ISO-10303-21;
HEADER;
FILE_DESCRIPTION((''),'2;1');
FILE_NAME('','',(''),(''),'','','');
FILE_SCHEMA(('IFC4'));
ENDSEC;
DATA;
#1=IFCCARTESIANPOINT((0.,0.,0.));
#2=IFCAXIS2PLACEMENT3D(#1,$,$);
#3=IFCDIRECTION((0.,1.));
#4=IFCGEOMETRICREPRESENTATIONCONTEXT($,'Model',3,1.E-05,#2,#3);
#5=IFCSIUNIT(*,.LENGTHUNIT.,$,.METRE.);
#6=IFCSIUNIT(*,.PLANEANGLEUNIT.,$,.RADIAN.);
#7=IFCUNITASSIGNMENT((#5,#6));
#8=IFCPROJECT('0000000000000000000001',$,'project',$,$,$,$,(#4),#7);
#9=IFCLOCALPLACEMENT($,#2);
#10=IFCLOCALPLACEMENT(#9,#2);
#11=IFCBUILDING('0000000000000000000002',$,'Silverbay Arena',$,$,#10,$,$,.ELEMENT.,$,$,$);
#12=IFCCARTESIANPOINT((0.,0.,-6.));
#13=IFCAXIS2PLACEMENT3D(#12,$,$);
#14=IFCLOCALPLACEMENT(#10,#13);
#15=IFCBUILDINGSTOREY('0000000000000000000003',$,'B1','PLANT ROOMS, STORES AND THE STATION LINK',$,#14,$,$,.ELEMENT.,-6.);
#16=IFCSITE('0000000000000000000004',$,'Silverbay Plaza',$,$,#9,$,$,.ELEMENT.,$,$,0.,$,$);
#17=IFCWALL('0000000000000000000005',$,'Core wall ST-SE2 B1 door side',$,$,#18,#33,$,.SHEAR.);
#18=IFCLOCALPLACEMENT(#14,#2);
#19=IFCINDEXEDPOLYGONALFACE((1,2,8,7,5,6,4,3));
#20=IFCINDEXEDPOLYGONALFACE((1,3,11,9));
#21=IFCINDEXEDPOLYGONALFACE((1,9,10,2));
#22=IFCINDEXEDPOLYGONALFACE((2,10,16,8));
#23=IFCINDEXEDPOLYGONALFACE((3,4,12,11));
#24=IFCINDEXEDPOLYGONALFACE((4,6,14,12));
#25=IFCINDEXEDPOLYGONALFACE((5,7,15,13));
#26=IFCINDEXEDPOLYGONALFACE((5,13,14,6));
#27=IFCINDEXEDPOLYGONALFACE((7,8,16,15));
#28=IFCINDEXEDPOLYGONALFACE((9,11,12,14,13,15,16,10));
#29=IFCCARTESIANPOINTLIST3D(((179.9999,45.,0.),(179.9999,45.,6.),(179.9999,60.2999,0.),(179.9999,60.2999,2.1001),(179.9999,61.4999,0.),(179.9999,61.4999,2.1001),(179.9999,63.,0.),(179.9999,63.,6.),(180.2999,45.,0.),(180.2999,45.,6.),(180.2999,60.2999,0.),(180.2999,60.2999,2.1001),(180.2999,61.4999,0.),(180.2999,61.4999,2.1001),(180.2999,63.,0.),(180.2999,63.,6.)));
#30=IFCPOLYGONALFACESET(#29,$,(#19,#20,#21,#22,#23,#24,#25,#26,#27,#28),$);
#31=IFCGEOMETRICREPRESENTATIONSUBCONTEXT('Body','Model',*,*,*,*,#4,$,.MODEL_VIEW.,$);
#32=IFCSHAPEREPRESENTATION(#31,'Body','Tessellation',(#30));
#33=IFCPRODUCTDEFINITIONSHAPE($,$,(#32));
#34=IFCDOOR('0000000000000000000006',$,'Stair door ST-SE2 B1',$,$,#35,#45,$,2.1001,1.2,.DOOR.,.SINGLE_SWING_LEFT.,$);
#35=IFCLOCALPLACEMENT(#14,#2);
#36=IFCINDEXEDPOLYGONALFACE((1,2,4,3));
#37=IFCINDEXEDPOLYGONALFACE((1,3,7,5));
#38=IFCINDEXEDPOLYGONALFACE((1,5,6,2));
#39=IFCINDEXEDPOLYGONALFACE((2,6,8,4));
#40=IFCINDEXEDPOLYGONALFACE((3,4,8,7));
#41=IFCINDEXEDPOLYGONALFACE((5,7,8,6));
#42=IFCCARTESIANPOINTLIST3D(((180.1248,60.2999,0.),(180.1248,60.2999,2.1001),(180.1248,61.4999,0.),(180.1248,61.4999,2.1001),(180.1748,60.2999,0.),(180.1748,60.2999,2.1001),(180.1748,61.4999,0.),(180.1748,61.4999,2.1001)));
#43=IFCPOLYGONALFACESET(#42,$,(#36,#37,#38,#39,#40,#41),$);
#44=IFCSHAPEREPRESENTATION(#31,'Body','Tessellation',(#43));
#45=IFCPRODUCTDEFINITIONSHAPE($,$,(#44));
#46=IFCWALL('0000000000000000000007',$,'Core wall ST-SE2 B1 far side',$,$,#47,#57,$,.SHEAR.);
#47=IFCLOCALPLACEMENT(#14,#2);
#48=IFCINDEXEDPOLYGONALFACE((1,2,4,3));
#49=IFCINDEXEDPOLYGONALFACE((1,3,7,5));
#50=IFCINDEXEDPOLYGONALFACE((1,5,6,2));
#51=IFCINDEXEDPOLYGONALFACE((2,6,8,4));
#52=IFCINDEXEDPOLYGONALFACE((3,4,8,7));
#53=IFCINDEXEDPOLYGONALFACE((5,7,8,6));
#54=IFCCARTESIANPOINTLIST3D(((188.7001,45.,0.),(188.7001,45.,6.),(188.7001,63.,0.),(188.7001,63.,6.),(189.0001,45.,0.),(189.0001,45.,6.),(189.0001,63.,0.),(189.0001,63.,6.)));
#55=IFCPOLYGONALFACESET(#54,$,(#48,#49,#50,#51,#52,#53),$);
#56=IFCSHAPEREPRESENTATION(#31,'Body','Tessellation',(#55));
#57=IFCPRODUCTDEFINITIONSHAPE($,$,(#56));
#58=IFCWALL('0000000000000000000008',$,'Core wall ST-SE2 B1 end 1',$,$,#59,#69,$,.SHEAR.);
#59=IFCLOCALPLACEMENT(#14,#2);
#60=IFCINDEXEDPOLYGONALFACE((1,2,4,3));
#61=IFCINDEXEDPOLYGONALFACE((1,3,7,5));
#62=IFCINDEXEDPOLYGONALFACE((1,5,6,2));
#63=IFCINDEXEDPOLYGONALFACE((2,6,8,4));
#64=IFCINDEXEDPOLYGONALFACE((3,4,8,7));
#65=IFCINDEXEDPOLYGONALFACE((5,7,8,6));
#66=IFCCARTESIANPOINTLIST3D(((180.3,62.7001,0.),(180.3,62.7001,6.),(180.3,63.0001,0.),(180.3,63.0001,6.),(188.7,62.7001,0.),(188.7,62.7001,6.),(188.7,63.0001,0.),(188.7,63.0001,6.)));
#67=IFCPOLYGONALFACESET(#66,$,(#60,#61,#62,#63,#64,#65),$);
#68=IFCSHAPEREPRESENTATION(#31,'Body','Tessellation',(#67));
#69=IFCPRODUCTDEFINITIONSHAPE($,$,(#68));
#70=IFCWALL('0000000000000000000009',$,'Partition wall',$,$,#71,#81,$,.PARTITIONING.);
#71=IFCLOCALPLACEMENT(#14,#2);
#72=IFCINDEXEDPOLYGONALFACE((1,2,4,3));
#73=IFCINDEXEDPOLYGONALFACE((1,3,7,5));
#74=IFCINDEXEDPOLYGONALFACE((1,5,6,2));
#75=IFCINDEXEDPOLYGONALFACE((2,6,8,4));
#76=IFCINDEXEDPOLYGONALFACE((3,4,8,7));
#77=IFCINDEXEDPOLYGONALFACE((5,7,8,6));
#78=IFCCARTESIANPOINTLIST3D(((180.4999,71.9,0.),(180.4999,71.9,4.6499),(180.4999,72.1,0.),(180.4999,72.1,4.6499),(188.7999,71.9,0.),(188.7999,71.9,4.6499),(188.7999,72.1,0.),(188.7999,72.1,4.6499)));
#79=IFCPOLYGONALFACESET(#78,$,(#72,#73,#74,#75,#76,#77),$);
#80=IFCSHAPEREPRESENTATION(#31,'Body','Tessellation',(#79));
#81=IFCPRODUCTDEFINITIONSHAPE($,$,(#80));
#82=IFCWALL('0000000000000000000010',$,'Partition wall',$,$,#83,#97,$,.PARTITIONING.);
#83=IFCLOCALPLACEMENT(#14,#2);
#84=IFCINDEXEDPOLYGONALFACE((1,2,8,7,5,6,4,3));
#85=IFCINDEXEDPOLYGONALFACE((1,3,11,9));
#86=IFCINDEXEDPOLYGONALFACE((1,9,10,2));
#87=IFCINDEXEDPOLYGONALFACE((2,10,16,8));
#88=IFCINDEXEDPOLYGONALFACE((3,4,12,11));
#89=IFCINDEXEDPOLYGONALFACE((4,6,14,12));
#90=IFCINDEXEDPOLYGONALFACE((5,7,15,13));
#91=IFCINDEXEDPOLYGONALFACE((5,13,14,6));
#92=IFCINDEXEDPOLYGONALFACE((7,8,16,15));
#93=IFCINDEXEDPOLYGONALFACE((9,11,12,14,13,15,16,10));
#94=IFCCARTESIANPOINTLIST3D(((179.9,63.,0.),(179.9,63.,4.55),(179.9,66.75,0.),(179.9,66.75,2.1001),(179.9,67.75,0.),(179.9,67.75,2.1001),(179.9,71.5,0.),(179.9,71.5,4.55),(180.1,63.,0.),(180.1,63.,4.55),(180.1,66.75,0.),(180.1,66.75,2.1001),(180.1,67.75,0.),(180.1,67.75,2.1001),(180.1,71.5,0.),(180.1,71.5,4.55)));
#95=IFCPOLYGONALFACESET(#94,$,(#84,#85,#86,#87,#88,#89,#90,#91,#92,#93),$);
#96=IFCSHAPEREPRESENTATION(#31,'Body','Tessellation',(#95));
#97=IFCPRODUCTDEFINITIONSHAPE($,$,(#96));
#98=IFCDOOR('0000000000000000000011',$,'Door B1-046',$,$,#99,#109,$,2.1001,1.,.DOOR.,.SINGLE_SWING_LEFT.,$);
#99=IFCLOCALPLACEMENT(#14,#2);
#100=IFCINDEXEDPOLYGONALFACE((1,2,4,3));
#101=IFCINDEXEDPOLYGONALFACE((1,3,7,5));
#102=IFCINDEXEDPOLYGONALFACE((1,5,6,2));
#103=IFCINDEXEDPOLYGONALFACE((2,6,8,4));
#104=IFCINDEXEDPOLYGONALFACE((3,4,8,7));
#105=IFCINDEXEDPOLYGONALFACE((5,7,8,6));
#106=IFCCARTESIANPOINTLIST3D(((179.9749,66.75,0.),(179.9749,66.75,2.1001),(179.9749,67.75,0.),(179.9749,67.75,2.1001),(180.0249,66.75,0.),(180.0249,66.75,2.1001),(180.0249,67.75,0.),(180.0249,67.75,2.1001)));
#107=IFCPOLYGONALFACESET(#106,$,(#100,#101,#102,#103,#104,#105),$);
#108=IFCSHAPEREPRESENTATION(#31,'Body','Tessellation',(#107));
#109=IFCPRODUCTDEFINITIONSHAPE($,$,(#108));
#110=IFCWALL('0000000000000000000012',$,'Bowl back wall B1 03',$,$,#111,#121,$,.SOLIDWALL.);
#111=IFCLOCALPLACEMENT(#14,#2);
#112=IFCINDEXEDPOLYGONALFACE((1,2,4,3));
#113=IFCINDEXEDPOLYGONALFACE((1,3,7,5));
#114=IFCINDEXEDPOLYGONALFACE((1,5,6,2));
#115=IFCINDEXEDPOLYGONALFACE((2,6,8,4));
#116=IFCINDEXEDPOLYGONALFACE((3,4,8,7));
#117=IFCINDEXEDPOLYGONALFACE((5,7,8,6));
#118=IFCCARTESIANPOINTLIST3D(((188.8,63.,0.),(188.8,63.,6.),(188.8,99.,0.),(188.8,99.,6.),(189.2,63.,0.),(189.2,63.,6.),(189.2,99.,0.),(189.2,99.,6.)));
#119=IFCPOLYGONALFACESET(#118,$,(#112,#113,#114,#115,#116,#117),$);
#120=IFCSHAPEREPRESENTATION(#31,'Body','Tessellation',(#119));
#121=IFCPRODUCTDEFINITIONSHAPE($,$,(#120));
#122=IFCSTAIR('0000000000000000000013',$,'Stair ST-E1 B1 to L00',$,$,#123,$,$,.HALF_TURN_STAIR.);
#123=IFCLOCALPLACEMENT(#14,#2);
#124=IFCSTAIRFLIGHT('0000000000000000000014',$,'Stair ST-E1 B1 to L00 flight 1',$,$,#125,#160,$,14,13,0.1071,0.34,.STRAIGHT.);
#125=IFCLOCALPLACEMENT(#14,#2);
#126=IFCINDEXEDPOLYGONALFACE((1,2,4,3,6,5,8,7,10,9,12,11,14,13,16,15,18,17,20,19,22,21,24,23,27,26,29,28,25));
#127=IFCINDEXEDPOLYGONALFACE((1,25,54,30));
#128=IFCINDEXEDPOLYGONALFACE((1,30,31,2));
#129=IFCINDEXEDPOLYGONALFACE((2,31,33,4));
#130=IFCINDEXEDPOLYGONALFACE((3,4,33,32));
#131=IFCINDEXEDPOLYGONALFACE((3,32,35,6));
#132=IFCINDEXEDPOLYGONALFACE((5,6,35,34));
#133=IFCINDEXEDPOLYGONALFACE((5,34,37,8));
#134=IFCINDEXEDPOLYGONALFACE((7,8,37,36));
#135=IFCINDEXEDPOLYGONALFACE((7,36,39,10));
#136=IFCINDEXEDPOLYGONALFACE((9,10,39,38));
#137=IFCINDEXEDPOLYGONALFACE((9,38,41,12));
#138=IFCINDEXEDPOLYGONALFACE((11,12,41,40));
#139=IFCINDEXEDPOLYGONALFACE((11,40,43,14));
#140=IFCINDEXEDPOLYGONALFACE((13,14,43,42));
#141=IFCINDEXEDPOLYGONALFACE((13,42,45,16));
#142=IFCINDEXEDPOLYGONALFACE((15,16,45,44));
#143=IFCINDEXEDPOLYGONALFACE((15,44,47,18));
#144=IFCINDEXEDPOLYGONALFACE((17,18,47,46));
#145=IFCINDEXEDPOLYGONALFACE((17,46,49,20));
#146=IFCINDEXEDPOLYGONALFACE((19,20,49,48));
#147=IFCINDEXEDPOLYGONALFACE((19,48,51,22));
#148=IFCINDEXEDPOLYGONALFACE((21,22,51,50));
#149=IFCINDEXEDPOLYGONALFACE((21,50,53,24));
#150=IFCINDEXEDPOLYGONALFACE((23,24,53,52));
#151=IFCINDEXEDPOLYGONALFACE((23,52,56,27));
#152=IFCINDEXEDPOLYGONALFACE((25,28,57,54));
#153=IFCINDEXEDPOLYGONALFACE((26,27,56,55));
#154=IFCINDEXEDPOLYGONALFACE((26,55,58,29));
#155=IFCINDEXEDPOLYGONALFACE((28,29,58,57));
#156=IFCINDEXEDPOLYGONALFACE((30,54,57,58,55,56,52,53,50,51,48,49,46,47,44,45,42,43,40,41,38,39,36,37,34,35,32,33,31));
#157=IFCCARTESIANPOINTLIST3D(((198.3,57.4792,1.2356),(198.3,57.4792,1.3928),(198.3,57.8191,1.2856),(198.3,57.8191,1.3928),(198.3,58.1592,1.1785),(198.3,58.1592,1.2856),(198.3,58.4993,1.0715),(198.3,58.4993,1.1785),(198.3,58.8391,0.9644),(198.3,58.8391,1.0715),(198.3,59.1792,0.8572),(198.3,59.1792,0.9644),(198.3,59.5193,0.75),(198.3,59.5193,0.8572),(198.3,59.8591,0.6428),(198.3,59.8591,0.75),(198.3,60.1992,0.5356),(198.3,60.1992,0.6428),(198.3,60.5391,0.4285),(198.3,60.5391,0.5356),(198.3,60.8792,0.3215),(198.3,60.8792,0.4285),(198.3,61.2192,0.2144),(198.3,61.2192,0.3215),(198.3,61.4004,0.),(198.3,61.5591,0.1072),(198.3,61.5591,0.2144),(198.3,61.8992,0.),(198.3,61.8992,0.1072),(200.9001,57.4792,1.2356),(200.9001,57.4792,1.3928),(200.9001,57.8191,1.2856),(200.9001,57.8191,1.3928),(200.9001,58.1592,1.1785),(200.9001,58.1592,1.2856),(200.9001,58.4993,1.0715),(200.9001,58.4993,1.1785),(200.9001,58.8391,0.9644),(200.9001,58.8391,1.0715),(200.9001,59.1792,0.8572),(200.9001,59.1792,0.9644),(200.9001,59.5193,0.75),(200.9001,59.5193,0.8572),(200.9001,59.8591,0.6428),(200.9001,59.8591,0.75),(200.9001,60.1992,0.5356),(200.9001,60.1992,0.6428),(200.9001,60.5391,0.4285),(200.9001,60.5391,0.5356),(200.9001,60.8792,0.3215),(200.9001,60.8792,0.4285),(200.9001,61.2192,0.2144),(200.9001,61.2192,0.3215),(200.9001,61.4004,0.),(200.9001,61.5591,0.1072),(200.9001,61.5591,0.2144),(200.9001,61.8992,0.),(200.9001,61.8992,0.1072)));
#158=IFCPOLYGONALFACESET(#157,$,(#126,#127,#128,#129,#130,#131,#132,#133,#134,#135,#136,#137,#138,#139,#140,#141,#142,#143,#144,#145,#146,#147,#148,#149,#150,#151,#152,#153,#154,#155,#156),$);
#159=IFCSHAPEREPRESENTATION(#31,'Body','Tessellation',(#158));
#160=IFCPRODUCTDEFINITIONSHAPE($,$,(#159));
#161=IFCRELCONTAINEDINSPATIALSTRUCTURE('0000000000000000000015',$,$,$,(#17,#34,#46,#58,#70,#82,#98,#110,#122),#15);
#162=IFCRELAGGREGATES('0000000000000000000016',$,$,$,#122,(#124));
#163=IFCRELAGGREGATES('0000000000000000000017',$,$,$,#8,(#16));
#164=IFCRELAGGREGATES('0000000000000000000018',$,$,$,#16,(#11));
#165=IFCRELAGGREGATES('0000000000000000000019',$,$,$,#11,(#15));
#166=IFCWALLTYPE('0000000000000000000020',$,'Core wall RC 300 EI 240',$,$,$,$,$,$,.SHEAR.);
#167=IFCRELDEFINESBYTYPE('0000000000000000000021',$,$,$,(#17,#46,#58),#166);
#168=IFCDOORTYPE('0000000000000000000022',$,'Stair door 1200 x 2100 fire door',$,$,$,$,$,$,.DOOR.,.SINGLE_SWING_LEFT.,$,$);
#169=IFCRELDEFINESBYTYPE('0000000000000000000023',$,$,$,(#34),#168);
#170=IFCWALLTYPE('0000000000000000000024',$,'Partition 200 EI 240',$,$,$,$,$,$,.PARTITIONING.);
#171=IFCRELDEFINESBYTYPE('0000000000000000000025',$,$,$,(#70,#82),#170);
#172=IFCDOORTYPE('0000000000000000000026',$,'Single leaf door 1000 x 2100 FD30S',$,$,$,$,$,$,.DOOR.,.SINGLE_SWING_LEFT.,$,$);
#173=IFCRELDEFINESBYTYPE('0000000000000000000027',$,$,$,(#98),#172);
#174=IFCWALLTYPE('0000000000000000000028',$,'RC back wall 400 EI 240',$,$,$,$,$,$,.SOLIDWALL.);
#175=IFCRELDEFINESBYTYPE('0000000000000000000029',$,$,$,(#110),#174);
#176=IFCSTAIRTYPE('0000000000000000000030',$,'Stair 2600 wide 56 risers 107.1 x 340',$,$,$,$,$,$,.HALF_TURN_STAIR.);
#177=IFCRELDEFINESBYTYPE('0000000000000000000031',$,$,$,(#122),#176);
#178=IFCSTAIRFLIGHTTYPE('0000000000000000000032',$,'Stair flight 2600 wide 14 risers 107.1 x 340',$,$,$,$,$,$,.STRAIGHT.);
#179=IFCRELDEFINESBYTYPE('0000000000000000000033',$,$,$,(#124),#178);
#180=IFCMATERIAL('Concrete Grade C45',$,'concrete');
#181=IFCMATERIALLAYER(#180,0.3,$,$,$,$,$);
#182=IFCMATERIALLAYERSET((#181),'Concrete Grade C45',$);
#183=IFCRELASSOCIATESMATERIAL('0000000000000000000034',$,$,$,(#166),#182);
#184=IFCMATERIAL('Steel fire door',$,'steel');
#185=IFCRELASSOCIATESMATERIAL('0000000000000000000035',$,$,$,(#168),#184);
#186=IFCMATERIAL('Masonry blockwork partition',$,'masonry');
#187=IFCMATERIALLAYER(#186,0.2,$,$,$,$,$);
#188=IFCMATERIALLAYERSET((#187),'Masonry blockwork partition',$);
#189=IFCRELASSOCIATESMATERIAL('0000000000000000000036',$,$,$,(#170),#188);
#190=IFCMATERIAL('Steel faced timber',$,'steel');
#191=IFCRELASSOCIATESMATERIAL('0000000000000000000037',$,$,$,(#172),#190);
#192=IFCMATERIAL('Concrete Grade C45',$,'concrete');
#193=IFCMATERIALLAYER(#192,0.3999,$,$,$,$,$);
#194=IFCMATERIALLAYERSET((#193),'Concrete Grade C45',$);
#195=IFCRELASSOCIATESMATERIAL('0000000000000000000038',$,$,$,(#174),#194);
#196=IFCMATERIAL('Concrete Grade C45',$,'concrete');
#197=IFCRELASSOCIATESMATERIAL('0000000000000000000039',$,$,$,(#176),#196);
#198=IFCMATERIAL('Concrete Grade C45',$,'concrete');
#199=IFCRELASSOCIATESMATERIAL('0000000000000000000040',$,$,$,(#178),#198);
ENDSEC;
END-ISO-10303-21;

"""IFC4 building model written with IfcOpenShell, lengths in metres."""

from ifc_helpers import new_model, si_unit, direction, frame, frame_2d, origin, place, context, subcontext, project, spatial, polyline, rectangle, outline, extrude, material, layer, layer_set, type_object, element, fill, aggregate, save


model = new_model("IFC4")

# Units and contexts
model_context = context("Model", 3, precision=1e-05, world=origin(), true_north=direction((0.0, 1.0)))
body_context = subcontext(model_context, "Body", "Model", "MODEL_VIEW")
ifc_project = project(units=[si_unit("LENGTHUNIT", "METRE"), si_unit("PLANEANGLEUNIT", "RADIAN")], contexts=[model_context])

# Site, building, storey
site_placement = place(None, origin())
site = spatial("IfcSite", under=ifc_project, at=site_placement, Name="Silverbay Plaza", CompositionType="ELEMENT", RefElevation=0.0)
building_placement = place(site_placement, origin())
building = spatial("IfcBuilding", under=site, at=building_placement, Name="Silverbay Arena", CompositionType="ELEMENT")
storey_placement = place(building_placement, frame((0.0, 0.0, -6.0)))
storey = spatial("IfcBuildingStorey", under=building, at=storey_placement, Name="B1", Description="PLANT ROOMS, STORES AND THE STATION LINK", CompositionType="ELEMENT", Elevation=-6.0)

# Shared definitions
ifc_material_1 = material(Name="Concrete Grade C45", Category="concrete")
ifc_layer_1 = layer(ifc_material_1, 0.3)
ifc_layer_set_1 = layer_set([ifc_layer_1], Name="Concrete Grade C45")
wall_type_1 = type_object("IfcWallType", Name="Core wall RC 300 EI 240", PredefinedType="SHEAR", material=ifc_layer_set_1)

# Wall, opening, door
wall_1_placement = place(storey_placement, frame((180.1499, 63.0, 0.0), z_axis=(0.0, 0.0, 1.0), x_axis=(0.0, -1.0, 0.0)))
wall_1 = element("IfcWall", 1, at=wall_1_placement, inside=storey, type_object=wall_type_1, Name="Core wall ST-SE2 B1 door side", PredefinedType="SHEAR", context=body_context, shape_type="SweptSolid", body=[
    extrude(rectangle(XDim=18.0, YDim=0.3, at=frame_2d((9.0, 0.0))), origin(), (0.0, 0.0, 1.0), 6.0),
])
opening_1_placement = place(wall_1_placement, frame((1.5, 0.0, 0.0)))
opening_1 = element("IfcOpeningElement", 2, at=opening_1_placement, cuts=wall_1, PredefinedType="OPENING", context=body_context, shape_type="SweptSolid", body=[
    extrude(rectangle(XDim=1.2, YDim=2.1001, at=frame_2d((0.6001, 1.05))), frame((0.0, 0.1602, 0.0), z_axis=(0.0, -1.0, 0.0), x_axis=(1.0, 0.0, 0.0)), (0.0, 0.0, 1.0), 0.3201),
])
ifc_material_2 = material(Name="Steel fire door", Category="steel")
door_type_1 = type_object("IfcDoorType", Name="Stair door 1200 x 2100 fire door", OperationType="SINGLE_SWING_LEFT", PredefinedType="DOOR", material=ifc_material_2)
door_1_placement = place(opening_1_placement, origin())
door_1 = element("IfcDoor", 3, at=door_1_placement, inside=storey, type_object=door_type_1, Name="Stair door ST-SE2 B1", OperationType="SINGLE_SWING_LEFT", OverallHeight=2.1001, OverallWidth=1.2, PredefinedType="DOOR", context=body_context, shape_type="SweptSolid", body=[
    extrude(rectangle(XDim=1.2, YDim=2.1001, at=frame_2d((0.6001, 1.05))), frame((0.0, 0.0249, 0.0), z_axis=(0.0, -1.0, 0.0), x_axis=(1.0, 0.0, 0.0)), (0.0, 0.0, 1.0), 0.05),
])
fill(opening_1, door_1)

# Walls
wall_2_placement = place(storey_placement, frame((188.8501, 63.0, 0.0), z_axis=(0.0, 0.0, 1.0), x_axis=(0.0, -1.0, 0.0)))
element("IfcWall", 4, at=wall_2_placement, inside=storey, type_object=wall_type_1, Name="Core wall ST-SE2 B1 far side", PredefinedType="SHEAR", context=body_context, shape_type="SweptSolid", body=[
    extrude(rectangle(XDim=18.0, YDim=0.3, at=frame_2d((9.0, 0.0))), origin(), (0.0, 0.0, 1.0), 6.0),
])
wall_3_placement = place(storey_placement, frame((180.3, 62.8501, 0.0), z_axis=(0.0, 0.0, 1.0), x_axis=(1.0, 0.0, 0.0)))
element("IfcWall", 5, at=wall_3_placement, inside=storey, type_object=wall_type_1, Name="Core wall ST-SE2 B1 end 1", PredefinedType="SHEAR", context=body_context, shape_type="SweptSolid", body=[
    extrude(rectangle(XDim=8.3999, YDim=0.3, at=frame_2d((4.2, 0.0))), origin(), (0.0, 0.0, 1.0), 6.0),
])
ifc_material_3 = material(Name="Masonry blockwork partition", Category="masonry")
ifc_layer_2 = layer(ifc_material_3, 0.2)
ifc_layer_set_2 = layer_set([ifc_layer_2], Name="Masonry blockwork partition")
wall_type_2 = type_object("IfcWallType", Name="Partition 200 EI 240", PredefinedType="PARTITIONING", material=ifc_layer_set_2)
wall_4_placement = place(storey_placement, frame((180.5, 72.0, 0.0), z_axis=(0.0, 0.0, 1.0), x_axis=(1.0, 0.0, 0.0)))
element("IfcWall", 6, at=wall_4_placement, inside=storey, type_object=wall_type_2, Name="Partition wall", PredefinedType="PARTITIONING", context=body_context, shape_type="SweptSolid", body=[
    extrude(rectangle(XDim=8.3, YDim=0.2, at=frame_2d((4.1499, 0.0))), origin(), (0.0, 0.0, 1.0), 4.6499),
])

# Wall, opening, door
wall_5_placement = place(storey_placement, frame((180.0, 63.0, 0.0), z_axis=(0.0, 0.0, 1.0), x_axis=(0.0, 1.0, 0.0)))
wall_5 = element("IfcWall", 7, at=wall_5_placement, inside=storey, type_object=wall_type_2, Name="Partition wall", PredefinedType="PARTITIONING", context=body_context, shape_type="SweptSolid", body=[
    extrude(rectangle(XDim=8.5, YDim=0.2, at=frame_2d((4.25, 0.0))), origin(), (0.0, 0.0, 1.0), 4.55),
])
opening_2_placement = place(wall_5_placement, frame((3.75, 0.0, 0.0)))
opening_2 = element("IfcOpeningElement", 8, at=opening_2_placement, cuts=wall_5, PredefinedType="OPENING", context=body_context, shape_type="SweptSolid", body=[
    extrude(rectangle(XDim=1.0, YDim=2.1001, at=frame_2d((0.5, 1.05))), frame((0.0, 0.1099, 0.0), z_axis=(0.0, -1.0, 0.0), x_axis=(1.0, 0.0, 0.0)), (0.0, 0.0, 1.0), 0.22),
])
ifc_material_4 = material(Name="Steel faced timber", Category="steel")
door_type_2 = type_object("IfcDoorType", Name="Single leaf door 1000 x 2100 FD30S", OperationType="SINGLE_SWING_LEFT", PredefinedType="DOOR", material=ifc_material_4)
door_2_placement = place(opening_2_placement, frame((1.0, 0.0, 0.0), z_axis=(0.0, 0.0, 1.0), x_axis=(-1.0, 0.0, 0.0)))
door_2 = element("IfcDoor", 9, at=door_2_placement, inside=storey, type_object=door_type_2, Name="Door B1-046", OperationType="SINGLE_SWING_LEFT", OverallHeight=2.1001, OverallWidth=1.0, PredefinedType="DOOR", context=body_context, shape_type="SweptSolid", body=[
    extrude(rectangle(XDim=1.0, YDim=2.1001, at=frame_2d((0.5, 1.05))), frame((0.0, 0.0249, 0.0), z_axis=(0.0, -1.0, 0.0), x_axis=(1.0, 0.0, 0.0)), (0.0, 0.0, 1.0), 0.05),
])
fill(opening_2, door_2)

# Wall
ifc_material_5 = material(Name="Concrete Grade C45", Category="concrete")
ifc_layer_3 = layer(ifc_material_5, 0.3999)
ifc_layer_set_3 = layer_set([ifc_layer_3], Name="Concrete Grade C45")
wall_type_3 = type_object("IfcWallType", Name="RC back wall 400 EI 240", PredefinedType="SOLIDWALL", material=ifc_layer_set_3)
wall_6_placement = place(storey_placement, frame((189.0, 63.0, 0.0), z_axis=(0.0, 0.0, 1.0), x_axis=(0.0, 1.0, 0.0)))
element("IfcWall", 10, at=wall_6_placement, inside=storey, type_object=wall_type_3, Name="Bowl back wall B1 03", PredefinedType="SOLIDWALL", context=body_context, shape_type="SweptSolid", body=[
    extrude(rectangle(XDim=36.0, YDim=0.3999, at=frame_2d((18.0, 0.0))), origin(), (0.0, 0.0, 1.0), 6.0),
])

# Stair, stair flight
ifc_material_6 = material(Name="Concrete Grade C45", Category="concrete")
stair_type = type_object("IfcStairType", Name="Stair 2600 wide 56 risers 107.1 x 340", PredefinedType="HALF_TURN_STAIR", material=ifc_material_6)
stair_placement = place(storey_placement, origin())
stair = element("IfcStair", 11, at=stair_placement, inside=storey, type_object=stair_type, Name="Stair ST-E1 B1 to L00", PredefinedType="HALF_TURN_STAIR")
ifc_material_7 = material(Name="Concrete Grade C45", Category="concrete")
stair_flight_type = type_object("IfcStairFlightType", Name="Stair flight 2600 wide 14 risers 107.1 x 340", PredefinedType="STRAIGHT", material=ifc_material_7)
stair_flight_1_placement = place(storey_placement, frame((199.6001, 61.8992, 0.0), z_axis=(0.0, 0.0, 1.0), x_axis=(0.0, -1.0, 0.0)))
stair_flight_1 = element("IfcStairFlight", 12, at=stair_flight_1_placement, type_object=stair_flight_type, Name="Stair ST-E1 B1 to L00 flight 1", NumberOfRisers=14, NumberOfTreads=13, PredefinedType="STRAIGHT", RiserHeight=0.1071, TreadLength=0.34, context=body_context, shape_type="SweptSolid", body=[
    extrude(outline(polyline([(0.0, 0.0), (0.0, 0.1072), (0.3401, 0.1072), (0.3401, 0.2144), (0.6799, 0.2144), (0.6799, 0.3215), (1.02, 0.3215), (1.02, 0.4285), (1.3601, 0.4285), (1.3601, 0.5356), (1.7, 0.5356), (1.7, 0.6428), (2.04, 0.6428), (2.04, 0.75), (2.3799, 0.75), (2.3799, 0.8572), (2.72, 0.8572), (2.72, 0.9644), (3.0601, 0.9644), (3.0601, 1.0715), (3.3999, 1.0715), (3.3999, 1.1785), (3.74, 1.1785), (3.74, 1.2856), (4.0801, 1.2856), (4.0801, 1.3928), (4.4199, 1.3928), (4.4199, 1.2356), (0.4988, 0.0), (0.0, 0.0)])), frame((0.0, 1.3, 0.0), z_axis=(0.0, -1.0, 0.0), x_axis=(1.0, 0.0, 0.0)), (0.0, 0.0, 1.0), 2.6001),
])
aggregate(stair, [stair_flight_1])

save(model, "model.ifc")
